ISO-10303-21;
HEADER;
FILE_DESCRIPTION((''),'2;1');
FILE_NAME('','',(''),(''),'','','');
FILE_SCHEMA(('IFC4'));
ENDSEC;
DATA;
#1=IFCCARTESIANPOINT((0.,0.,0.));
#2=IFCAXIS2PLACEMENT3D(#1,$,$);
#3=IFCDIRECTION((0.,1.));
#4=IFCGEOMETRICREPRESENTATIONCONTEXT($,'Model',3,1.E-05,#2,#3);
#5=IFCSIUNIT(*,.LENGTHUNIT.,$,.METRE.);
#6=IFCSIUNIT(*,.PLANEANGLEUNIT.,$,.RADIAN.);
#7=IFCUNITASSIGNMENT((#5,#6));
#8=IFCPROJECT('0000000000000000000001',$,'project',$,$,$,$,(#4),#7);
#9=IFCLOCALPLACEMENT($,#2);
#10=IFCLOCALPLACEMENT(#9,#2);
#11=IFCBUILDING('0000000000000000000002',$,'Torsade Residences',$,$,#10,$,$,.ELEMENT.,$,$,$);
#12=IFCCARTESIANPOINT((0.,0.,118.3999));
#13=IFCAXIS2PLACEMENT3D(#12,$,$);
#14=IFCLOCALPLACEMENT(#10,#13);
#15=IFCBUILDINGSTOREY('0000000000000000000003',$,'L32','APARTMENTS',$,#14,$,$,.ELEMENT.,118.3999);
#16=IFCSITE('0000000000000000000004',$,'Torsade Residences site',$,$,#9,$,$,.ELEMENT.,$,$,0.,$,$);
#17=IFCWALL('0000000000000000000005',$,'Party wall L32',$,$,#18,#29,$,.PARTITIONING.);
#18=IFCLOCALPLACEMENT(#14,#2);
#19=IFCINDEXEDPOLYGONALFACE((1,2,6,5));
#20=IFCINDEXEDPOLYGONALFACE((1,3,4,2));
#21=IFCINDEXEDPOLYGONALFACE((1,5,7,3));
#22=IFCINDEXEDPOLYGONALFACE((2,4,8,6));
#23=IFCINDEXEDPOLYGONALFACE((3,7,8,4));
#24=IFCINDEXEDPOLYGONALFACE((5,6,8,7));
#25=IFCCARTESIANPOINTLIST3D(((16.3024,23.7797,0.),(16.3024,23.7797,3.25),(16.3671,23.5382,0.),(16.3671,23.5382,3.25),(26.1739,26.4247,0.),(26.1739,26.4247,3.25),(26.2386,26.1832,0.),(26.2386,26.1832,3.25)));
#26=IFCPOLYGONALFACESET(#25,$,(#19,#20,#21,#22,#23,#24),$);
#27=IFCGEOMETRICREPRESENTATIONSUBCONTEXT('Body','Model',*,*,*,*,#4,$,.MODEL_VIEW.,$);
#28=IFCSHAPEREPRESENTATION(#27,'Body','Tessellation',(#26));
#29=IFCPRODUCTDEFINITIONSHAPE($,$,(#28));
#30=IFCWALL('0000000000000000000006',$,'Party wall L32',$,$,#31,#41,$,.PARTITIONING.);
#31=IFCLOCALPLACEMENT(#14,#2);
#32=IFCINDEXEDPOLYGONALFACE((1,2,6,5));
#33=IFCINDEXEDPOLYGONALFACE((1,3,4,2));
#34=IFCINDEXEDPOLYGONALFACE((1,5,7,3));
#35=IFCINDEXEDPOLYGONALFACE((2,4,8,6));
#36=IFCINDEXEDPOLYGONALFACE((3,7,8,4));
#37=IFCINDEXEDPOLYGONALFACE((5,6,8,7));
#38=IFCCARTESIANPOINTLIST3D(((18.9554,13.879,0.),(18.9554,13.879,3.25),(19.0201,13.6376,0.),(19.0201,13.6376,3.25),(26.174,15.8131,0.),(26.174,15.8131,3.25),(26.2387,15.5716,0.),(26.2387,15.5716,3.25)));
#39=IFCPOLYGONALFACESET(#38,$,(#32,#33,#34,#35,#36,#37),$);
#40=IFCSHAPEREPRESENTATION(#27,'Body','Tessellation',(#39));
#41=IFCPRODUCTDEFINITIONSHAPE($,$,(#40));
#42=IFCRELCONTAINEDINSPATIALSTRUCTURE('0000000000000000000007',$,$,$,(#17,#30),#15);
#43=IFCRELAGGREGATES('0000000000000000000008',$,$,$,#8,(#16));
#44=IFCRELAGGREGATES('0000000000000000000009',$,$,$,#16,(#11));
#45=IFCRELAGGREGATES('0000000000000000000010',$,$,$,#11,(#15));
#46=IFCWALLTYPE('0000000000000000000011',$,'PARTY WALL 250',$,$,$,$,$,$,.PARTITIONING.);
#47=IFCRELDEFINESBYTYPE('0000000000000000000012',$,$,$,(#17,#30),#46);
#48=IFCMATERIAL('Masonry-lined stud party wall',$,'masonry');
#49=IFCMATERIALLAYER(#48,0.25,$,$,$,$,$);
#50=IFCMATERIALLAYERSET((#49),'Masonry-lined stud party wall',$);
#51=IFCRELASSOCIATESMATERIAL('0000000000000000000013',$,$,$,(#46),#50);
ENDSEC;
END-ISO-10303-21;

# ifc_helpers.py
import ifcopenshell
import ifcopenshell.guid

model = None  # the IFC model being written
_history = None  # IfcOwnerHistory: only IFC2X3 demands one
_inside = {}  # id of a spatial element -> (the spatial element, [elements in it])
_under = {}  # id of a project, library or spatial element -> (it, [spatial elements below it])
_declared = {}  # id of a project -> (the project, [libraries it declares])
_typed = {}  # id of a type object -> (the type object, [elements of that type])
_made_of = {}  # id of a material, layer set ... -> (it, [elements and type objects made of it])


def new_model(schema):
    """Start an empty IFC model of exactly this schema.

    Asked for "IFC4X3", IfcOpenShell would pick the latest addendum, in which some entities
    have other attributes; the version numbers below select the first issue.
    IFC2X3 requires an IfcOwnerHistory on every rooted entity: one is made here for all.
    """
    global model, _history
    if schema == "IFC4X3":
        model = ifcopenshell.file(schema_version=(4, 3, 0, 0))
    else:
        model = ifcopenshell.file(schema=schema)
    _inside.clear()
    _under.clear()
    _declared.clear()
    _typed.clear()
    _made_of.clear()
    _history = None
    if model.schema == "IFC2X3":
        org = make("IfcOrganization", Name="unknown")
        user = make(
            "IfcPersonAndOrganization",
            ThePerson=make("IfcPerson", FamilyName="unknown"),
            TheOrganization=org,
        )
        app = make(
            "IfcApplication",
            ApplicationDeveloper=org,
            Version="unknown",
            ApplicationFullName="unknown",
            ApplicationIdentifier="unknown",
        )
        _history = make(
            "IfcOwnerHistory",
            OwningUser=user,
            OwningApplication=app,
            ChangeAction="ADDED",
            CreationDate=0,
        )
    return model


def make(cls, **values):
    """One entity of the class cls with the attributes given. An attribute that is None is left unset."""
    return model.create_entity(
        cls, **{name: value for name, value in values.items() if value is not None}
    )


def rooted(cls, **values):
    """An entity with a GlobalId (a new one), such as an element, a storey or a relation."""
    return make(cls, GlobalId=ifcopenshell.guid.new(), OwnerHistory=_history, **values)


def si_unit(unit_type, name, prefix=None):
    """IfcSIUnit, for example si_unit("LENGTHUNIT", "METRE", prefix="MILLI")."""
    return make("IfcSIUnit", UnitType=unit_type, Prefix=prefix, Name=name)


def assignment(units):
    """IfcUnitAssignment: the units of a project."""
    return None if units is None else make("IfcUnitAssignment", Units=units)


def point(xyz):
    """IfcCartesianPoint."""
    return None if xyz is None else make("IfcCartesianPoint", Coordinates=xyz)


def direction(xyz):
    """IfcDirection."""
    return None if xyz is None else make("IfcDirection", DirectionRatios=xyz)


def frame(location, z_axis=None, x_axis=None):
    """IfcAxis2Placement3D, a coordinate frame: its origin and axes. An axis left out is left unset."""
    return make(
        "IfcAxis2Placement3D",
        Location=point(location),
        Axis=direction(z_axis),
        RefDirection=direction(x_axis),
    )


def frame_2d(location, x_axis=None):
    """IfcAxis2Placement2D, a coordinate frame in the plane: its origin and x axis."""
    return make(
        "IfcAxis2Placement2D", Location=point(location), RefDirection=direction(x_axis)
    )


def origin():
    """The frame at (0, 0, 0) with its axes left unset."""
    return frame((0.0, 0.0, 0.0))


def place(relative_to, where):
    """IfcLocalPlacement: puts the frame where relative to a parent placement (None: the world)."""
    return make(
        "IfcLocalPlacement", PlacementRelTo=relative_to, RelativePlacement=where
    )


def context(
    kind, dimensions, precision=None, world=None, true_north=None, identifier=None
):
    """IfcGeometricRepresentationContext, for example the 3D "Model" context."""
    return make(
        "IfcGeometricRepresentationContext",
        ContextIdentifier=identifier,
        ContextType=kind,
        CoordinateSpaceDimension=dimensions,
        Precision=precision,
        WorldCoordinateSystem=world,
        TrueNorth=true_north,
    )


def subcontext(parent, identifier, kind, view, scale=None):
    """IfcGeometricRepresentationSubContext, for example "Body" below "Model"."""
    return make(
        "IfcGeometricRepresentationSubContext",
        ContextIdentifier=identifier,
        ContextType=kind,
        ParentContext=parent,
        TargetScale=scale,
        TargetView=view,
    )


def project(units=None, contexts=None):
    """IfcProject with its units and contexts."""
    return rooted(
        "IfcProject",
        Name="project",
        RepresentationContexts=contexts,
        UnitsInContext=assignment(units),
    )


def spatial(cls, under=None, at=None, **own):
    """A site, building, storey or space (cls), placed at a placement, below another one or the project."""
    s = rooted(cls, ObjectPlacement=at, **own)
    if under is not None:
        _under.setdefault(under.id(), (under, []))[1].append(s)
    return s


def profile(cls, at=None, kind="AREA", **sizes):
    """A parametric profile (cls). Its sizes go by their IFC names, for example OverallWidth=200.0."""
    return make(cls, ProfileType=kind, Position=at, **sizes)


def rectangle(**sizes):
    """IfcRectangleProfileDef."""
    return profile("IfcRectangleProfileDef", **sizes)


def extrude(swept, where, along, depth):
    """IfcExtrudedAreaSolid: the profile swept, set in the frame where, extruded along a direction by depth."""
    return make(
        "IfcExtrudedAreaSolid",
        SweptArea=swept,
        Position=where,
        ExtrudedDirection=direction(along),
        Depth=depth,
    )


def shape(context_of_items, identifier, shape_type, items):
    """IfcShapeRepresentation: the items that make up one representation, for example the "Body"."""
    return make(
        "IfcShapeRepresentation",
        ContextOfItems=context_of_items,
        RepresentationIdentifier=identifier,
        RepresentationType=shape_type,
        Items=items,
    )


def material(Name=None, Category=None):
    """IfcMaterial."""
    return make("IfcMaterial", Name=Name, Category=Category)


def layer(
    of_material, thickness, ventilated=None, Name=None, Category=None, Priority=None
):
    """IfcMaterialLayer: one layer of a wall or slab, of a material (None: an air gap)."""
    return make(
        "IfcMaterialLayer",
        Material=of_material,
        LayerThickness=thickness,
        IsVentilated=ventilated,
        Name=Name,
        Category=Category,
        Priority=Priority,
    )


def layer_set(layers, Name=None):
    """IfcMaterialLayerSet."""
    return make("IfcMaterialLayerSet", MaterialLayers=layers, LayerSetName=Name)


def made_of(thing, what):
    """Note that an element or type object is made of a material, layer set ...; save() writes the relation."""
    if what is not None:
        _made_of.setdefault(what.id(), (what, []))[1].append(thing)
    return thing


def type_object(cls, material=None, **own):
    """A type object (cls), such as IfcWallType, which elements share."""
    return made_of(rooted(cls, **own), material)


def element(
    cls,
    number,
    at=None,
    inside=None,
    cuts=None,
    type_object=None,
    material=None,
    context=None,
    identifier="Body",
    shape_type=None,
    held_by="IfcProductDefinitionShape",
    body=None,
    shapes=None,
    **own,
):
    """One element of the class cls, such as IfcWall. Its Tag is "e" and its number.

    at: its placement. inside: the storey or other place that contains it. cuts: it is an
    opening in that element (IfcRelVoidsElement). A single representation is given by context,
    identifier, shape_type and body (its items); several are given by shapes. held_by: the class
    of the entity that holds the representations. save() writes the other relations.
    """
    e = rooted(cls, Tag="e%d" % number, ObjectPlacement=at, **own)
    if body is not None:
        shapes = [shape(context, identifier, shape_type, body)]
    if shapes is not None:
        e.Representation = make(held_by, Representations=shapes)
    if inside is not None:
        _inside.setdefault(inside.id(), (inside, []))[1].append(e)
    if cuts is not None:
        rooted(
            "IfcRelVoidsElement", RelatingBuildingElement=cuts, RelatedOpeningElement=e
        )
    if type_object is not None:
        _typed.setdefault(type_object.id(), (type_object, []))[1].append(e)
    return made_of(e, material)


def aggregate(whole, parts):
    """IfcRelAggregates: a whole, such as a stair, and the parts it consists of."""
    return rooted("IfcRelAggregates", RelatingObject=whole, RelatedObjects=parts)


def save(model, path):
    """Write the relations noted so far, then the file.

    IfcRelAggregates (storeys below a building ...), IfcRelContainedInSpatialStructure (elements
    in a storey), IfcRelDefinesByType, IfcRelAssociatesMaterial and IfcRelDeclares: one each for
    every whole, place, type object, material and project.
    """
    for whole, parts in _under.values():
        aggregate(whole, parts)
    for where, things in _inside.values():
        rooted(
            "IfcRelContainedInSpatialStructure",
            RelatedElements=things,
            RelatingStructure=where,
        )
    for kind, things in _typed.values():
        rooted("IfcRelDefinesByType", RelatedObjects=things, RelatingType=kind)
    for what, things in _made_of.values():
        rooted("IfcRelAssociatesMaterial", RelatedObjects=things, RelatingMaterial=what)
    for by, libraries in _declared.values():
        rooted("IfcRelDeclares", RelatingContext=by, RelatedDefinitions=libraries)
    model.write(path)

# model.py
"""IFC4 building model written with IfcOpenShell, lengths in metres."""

from ifc_helpers import new_model, si_unit, direction, frame, frame_2d, origin, place, context, subcontext, project, spatial, rectangle, extrude, material, layer, layer_set, type_object, element, save


model = new_model("IFC4")

# Units and contexts
model_context = context("Model", 3, precision=1e-05, world=origin(), true_north=direction((0.0, 1.0)))
body_context = subcontext(model_context, "Body", "Model", "MODEL_VIEW")
ifc_project = project(units=[si_unit("LENGTHUNIT", "METRE"), si_unit("PLANEANGLEUNIT", "RADIAN")], contexts=[model_context])

# Site, building, storey
site_placement = place(None, origin())
site = spatial("IfcSite", under=ifc_project, at=site_placement, Name="Torsade Residences site", CompositionType="ELEMENT", RefElevation=0.0)
building_placement = place(site_placement, origin())
building = spatial("IfcBuilding", under=site, at=building_placement, Name="Torsade Residences", CompositionType="ELEMENT")
storey_placement = place(building_placement, frame((0.0, 0.0, 118.3999)))
storey = spatial("IfcBuildingStorey", under=building, at=storey_placement, Name="L32", Description="APARTMENTS", CompositionType="ELEMENT", Elevation=118.3999)

# Walls
ifc_material_1 = material(Name="Masonry-lined stud party wall", Category="masonry")
ifc_layer_1 = layer(ifc_material_1, 0.25)
ifc_layer_set_1 = layer_set([ifc_layer_1], Name="Masonry-lined stud party wall")
wall_type_1 = type_object("IfcWallType", Name="PARTY WALL 250", PredefinedType="PARTITIONING", material=ifc_layer_set_1)
wall_1_placement = place(storey_placement, frame((16.3347, 23.6589, 0.0), z_axis=(0.0, 0.0, 1.0), x_axis=(0.965927, 0.258813, 0.0)))
element("IfcWall", 1, at=wall_1_placement, inside=storey, type_object=wall_type_1, Name="Party wall L32", PredefinedType="PARTITIONING", context=body_context, shape_type="SweptSolid", body=[
    extrude(rectangle(XDim=10.2197, YDim=0.25, at=frame_2d((5.1099, 0.0))), origin(), (0.0, 0.0, 1.0), 3.25),
])
wall_2_placement = place(storey_placement, frame((18.9878, 13.7583, 0.0), z_axis=(0.0, 0.0, 1.0), x_axis=(0.96593, 0.258805, 0.0)))
element("IfcWall", 2, at=wall_2_placement, inside=storey, type_object=wall_type_1, Name="Party wall L32", PredefinedType="PARTITIONING", context=body_context, shape_type="SweptSolid", body=[
    extrude(rectangle(XDim=7.4731, YDim=0.25, at=frame_2d((3.7366, 0.0))), origin(), (0.0, 0.0, 1.0), 3.25),
])

save(model, "model.ifc")
